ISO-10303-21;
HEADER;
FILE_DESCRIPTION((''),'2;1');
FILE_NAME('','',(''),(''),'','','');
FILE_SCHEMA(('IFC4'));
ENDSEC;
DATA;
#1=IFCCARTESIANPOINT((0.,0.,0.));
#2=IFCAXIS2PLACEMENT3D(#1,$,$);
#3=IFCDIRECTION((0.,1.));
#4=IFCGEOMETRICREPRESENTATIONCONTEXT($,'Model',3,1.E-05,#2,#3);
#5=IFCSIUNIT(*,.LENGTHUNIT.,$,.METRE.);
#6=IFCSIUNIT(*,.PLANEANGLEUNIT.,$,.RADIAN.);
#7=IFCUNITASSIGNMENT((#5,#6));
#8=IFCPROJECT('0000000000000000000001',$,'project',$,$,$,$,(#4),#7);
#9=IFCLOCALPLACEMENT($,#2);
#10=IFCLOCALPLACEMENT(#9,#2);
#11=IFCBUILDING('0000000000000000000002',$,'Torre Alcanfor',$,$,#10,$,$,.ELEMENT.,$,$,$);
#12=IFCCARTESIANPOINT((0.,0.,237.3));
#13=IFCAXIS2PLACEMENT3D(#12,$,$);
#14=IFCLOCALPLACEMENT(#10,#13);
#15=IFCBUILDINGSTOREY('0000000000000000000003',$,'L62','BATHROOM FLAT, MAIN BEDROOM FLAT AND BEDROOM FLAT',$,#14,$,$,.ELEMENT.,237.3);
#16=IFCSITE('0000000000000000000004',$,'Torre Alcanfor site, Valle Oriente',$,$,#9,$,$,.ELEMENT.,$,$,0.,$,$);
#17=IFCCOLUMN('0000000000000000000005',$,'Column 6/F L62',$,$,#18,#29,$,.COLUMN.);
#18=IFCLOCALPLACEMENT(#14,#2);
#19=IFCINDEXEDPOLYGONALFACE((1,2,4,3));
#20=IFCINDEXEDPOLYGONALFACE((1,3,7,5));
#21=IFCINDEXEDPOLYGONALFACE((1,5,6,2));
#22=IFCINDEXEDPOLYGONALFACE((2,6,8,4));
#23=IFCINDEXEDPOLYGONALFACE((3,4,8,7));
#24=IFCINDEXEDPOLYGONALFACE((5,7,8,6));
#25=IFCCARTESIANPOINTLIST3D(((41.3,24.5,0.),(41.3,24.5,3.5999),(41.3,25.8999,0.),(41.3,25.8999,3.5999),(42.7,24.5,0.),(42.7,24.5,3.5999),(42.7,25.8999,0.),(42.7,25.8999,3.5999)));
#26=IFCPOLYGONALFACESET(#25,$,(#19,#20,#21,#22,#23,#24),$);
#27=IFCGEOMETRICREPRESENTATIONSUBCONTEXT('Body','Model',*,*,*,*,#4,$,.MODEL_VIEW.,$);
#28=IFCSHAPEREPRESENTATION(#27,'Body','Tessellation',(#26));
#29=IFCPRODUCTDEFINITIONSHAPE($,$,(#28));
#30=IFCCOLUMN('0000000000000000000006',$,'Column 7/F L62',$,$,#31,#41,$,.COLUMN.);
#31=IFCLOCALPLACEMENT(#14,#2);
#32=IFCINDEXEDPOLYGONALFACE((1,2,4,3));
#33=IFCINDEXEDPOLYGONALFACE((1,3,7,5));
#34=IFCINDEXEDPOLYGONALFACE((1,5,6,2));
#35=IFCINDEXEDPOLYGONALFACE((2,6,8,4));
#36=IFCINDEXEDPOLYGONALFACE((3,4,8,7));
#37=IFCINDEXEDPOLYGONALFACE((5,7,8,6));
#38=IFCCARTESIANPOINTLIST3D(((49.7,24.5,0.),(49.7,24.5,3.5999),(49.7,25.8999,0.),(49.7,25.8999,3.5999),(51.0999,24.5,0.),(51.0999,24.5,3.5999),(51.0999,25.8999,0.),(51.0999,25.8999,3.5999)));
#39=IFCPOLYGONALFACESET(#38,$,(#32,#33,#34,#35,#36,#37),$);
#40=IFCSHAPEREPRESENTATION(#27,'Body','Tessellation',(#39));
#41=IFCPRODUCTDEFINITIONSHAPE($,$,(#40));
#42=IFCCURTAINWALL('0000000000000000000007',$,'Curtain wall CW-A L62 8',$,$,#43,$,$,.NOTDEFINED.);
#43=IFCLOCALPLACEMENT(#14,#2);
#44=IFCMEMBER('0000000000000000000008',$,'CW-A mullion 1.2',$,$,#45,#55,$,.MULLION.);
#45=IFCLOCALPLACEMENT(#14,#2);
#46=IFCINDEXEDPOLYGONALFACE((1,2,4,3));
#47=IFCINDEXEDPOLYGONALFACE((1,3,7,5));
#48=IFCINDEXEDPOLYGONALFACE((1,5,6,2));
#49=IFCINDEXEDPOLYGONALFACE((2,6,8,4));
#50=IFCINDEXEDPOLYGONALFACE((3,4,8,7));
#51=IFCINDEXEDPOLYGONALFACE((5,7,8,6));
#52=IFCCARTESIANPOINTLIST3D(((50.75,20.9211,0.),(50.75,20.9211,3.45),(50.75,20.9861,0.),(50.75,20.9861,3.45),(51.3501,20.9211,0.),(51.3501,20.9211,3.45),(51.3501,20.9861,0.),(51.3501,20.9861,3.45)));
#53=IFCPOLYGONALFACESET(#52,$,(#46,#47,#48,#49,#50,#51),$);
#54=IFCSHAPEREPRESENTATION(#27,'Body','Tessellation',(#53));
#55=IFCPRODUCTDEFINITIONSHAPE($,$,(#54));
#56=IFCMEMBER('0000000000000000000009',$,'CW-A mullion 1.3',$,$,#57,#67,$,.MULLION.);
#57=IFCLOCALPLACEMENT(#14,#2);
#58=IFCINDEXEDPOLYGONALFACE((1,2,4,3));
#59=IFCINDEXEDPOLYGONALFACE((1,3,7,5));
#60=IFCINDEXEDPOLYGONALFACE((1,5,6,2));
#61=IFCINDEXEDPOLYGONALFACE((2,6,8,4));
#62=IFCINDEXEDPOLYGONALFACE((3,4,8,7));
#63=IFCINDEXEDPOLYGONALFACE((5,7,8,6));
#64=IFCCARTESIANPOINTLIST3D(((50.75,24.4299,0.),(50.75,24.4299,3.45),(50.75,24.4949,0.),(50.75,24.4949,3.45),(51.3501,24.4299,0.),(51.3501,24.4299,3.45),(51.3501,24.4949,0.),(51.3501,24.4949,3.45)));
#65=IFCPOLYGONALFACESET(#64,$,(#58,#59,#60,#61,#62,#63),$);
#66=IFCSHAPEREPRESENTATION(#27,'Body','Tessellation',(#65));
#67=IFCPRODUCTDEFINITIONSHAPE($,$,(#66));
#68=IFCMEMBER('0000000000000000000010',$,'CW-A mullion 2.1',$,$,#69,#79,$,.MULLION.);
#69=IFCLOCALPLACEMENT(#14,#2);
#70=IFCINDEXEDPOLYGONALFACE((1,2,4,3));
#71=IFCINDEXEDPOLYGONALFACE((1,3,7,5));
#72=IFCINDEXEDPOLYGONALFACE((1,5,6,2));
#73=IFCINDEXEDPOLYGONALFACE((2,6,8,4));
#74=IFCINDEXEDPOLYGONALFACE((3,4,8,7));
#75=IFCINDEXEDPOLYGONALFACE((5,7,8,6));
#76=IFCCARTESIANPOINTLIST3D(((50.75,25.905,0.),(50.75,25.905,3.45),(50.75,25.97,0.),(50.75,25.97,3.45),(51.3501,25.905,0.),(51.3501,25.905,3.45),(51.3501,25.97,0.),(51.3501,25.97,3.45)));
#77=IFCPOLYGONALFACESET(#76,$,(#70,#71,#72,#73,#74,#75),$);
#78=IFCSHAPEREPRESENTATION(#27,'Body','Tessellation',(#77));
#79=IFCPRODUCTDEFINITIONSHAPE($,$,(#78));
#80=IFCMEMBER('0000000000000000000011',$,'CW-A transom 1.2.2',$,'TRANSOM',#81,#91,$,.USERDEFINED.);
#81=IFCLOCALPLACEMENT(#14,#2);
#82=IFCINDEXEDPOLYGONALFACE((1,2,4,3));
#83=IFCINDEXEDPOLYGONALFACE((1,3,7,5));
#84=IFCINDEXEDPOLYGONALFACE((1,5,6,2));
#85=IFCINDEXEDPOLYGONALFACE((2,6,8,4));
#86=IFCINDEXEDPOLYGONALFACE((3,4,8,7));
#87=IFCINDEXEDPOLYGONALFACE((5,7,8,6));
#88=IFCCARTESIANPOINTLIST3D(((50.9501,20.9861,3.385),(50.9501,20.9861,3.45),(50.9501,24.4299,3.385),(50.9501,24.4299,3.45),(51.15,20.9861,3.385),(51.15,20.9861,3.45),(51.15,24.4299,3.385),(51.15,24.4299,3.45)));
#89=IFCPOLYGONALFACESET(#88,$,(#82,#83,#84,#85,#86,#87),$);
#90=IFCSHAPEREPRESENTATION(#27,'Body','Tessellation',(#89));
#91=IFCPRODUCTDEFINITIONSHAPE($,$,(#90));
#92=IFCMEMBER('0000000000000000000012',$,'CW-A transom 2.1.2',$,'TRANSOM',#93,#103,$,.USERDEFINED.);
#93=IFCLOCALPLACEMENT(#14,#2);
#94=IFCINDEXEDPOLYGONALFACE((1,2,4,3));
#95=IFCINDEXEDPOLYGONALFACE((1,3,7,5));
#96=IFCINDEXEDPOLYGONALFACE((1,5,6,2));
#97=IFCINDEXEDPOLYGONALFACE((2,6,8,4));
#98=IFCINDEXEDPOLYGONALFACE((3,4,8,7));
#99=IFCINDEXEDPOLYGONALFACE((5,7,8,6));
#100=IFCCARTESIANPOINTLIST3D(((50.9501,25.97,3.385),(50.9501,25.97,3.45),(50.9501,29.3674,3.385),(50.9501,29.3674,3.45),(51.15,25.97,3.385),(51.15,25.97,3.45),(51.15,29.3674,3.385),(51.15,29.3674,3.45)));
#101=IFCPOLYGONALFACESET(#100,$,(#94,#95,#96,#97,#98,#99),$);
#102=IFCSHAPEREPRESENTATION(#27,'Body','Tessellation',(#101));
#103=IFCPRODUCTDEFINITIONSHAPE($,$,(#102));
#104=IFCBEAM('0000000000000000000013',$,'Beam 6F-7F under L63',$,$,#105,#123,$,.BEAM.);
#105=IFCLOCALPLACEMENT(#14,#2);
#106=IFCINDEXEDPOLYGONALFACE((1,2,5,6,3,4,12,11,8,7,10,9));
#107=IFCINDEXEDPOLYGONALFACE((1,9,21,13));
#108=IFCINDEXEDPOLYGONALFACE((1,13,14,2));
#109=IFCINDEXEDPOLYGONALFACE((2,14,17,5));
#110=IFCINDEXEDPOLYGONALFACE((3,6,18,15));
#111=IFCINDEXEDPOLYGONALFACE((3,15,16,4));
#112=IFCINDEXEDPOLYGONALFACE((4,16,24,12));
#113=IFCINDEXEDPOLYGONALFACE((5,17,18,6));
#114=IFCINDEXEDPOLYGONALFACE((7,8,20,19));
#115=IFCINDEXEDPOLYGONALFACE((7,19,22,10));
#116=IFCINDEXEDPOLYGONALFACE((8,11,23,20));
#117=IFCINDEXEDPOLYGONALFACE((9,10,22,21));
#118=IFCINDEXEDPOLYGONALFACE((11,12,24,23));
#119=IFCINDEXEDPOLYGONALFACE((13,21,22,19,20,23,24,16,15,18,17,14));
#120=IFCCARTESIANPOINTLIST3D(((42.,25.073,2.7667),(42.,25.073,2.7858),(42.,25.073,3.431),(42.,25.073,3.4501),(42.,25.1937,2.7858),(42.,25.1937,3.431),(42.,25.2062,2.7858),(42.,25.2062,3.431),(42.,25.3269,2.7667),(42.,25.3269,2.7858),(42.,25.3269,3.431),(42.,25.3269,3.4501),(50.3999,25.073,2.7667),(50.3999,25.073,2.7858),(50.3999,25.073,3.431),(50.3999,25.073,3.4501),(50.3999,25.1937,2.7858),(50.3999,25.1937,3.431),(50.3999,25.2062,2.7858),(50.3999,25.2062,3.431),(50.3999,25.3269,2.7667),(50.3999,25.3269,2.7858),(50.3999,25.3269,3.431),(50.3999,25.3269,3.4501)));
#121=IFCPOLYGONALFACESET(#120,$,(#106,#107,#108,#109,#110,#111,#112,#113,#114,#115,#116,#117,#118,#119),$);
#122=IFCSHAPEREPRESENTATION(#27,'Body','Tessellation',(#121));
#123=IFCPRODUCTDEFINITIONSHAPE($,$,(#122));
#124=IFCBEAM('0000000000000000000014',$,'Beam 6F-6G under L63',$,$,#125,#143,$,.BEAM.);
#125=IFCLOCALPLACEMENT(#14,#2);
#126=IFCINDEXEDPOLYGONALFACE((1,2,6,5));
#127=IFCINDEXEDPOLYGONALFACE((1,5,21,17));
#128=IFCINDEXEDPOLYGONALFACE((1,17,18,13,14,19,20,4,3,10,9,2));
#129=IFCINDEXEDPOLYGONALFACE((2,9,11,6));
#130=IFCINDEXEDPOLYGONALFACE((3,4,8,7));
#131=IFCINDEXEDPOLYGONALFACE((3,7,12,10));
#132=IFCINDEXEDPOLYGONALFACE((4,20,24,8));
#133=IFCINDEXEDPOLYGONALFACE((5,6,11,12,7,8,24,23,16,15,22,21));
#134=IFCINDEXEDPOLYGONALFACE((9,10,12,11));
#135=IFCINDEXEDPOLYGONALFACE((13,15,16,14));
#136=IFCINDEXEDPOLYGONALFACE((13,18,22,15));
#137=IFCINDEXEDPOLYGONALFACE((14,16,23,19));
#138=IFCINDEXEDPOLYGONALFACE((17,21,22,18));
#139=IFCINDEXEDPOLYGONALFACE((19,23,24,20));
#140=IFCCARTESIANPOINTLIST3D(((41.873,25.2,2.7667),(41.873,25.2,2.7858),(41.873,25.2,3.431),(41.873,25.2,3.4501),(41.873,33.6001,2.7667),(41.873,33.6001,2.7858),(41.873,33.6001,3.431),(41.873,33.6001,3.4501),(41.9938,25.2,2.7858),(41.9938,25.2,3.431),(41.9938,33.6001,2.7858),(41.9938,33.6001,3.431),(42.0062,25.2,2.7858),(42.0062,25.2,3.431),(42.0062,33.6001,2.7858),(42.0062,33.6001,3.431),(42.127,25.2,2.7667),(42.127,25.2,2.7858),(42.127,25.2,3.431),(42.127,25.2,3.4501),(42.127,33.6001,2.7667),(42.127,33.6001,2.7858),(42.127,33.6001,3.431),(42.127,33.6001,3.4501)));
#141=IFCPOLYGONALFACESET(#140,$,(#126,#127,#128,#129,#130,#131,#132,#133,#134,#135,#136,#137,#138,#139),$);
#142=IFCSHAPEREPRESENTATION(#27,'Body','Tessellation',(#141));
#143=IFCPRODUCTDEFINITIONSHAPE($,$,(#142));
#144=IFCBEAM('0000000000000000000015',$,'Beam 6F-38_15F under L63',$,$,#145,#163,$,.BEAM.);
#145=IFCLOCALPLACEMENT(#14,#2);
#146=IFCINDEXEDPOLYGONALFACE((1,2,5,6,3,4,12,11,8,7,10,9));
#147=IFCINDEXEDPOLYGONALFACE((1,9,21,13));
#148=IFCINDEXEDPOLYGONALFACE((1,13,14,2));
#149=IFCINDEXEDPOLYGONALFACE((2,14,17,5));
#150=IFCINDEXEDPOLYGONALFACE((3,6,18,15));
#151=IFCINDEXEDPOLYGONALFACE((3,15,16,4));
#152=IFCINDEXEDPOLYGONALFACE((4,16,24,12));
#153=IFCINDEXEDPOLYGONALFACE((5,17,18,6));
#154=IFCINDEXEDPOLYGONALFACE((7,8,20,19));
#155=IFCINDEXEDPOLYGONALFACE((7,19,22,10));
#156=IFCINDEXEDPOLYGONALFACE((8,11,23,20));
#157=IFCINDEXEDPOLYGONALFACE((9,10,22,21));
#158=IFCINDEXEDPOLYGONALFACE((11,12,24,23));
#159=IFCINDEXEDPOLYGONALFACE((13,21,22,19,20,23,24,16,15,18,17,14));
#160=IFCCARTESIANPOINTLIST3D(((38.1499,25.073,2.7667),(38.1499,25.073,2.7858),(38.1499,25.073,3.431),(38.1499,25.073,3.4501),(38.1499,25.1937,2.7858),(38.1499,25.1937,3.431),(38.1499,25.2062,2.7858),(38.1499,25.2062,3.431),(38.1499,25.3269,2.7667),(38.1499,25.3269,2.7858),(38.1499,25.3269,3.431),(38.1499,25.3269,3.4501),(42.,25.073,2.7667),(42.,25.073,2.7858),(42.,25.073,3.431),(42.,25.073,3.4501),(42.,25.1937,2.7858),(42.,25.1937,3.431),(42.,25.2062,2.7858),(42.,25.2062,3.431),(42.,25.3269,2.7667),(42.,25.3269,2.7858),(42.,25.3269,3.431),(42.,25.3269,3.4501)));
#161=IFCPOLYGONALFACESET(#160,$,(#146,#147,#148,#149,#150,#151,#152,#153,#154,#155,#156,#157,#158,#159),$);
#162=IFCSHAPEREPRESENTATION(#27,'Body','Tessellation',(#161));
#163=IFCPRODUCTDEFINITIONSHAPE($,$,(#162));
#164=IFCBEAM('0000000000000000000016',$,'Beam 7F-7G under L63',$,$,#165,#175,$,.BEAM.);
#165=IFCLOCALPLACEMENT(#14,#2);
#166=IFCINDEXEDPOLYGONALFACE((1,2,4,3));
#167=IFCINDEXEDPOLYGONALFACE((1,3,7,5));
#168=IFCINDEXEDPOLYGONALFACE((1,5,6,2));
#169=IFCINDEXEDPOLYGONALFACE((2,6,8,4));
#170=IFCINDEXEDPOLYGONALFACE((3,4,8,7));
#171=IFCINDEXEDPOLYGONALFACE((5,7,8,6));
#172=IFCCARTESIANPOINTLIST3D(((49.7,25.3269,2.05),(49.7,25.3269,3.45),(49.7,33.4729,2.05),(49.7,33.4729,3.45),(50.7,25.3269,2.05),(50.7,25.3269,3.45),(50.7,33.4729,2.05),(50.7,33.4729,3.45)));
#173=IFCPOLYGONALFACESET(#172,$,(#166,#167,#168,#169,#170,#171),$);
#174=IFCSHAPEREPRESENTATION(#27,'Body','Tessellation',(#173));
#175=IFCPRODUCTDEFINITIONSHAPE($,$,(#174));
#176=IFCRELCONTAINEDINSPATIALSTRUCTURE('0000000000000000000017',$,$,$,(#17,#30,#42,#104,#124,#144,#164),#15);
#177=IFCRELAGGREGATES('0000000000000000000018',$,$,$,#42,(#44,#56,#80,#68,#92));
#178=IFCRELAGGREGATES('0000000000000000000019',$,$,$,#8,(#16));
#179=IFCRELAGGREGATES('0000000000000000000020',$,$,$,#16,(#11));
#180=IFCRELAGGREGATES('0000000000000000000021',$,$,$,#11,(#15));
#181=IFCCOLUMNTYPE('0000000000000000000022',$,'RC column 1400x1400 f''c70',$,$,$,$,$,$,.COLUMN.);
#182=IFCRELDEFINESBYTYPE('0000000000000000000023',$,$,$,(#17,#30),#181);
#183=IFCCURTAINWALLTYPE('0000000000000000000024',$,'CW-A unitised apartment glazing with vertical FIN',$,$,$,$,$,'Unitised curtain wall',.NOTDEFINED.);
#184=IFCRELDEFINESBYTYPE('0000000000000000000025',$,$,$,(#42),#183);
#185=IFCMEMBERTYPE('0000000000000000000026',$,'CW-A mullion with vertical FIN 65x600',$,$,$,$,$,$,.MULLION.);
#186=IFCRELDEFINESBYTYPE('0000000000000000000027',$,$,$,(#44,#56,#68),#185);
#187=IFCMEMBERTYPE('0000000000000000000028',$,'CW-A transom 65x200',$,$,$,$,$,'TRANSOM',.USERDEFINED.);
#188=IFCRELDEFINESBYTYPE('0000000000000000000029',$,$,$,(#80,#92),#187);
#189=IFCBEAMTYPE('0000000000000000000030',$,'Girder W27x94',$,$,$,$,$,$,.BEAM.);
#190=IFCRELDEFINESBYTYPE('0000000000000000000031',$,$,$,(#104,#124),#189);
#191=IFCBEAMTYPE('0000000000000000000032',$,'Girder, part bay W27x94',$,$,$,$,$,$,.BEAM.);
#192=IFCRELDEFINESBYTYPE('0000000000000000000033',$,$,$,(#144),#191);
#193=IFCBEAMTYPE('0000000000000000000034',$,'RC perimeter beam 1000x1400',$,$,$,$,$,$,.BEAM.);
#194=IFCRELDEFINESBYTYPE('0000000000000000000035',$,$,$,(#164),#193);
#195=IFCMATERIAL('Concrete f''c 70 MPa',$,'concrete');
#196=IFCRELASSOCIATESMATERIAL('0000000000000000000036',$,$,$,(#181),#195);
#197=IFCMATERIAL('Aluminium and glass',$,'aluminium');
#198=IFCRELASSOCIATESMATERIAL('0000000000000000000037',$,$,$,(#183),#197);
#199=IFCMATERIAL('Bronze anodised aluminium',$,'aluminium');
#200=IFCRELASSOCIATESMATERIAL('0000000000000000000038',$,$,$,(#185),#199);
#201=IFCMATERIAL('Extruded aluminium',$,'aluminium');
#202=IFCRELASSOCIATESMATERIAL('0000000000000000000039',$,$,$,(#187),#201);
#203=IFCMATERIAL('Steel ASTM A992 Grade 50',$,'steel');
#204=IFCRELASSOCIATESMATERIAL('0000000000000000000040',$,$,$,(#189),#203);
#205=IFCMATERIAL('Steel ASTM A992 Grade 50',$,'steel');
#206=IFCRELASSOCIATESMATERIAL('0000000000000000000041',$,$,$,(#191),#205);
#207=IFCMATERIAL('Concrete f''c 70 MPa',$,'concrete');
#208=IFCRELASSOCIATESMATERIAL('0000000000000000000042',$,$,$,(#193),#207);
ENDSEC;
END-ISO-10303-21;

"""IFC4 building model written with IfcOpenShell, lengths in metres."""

from ifc_helpers import new_model, si_unit, direction, frame, origin, origin_2d, place, context, subcontext, project, spatial, rectangle, i_section, extrude, material, material_profile, profile_set, type_object, element, aggregate, save


model = new_model("IFC4")

# Units and contexts
model_context = context("Model", 3, precision=1e-05, world=origin(), true_north=direction((0.0, 1.0)))
body_context = subcontext(model_context, "Body", "Model", "MODEL_VIEW")
ifc_project = project(units=[si_unit("LENGTHUNIT", "METRE"), si_unit("PLANEANGLEUNIT", "RADIAN")], contexts=[model_context])

# Site, building, storey
site_placement = place(None, origin())
site = spatial("IfcSite", under=ifc_project, at=site_placement, Name="Torre Alcanfor site, Valle Oriente", CompositionType="ELEMENT", RefElevation=0.0)
building_placement = place(site_placement, origin())
building = spatial("IfcBuilding", under=site, at=building_placement, Name="Torre Alcanfor", CompositionType="ELEMENT")
storey_placement = place(building_placement, frame((0.0, 0.0, 237.3)))
storey = spatial("IfcBuildingStorey", under=building, at=storey_placement, Name="L62", Description="BATHROOM FLAT, MAIN BEDROOM FLAT AND BEDROOM FLAT", CompositionType="ELEMENT", Elevation=237.3)

# Columns
ifc_material_1 = material(Name="Concrete f'c 70 MPa", Category="concrete")
ifc_material_profile_1 = material_profile(ifc_material_1, rectangle(XDim=1.3999, YDim=1.3999, at=origin_2d()), Name="1400x1400")
ifc_profile_set_1 = profile_set([ifc_material_profile_1], Name="Concrete f'c 70 MPa")
column_type = type_object("IfcColumnType", Name="RC column 1400x1400 f'c70", PredefinedType="COLUMN", material=ifc_profile_set_1)
for number, where, z_axis, x_axis, name in (
    (1, (42.0, 25.2, 0.0), (0.0, 0.0, 1.0), (1.0, 0.0, 0.0), "Column 6/F L62"),
    (2, (50.3999, 25.2, 0.0), (0.0, 0.0, 1.0), (1.0, 0.0, 0.0), "Column 7/F L62"),
):
    element("IfcColumn", number, at=place(storey_placement, frame(where, z_axis=z_axis, x_axis=x_axis)), inside=storey, type_object=column_type, Name=name, PredefinedType="COLUMN", context=body_context, shape_type="SweptSolid", body=[
        extrude(rectangle(XDim=1.3999, YDim=1.3999, at=origin_2d()), origin(), (0.0, 0.0, 1.0), 3.5999),
    ])

# Curtain wall, members
ifc_material_2 = material(Name="Aluminium and glass", Category="aluminium")
curtain_wall_type = type_object("IfcCurtainWallType", Name="CW-A unitised apartment glazing with vertical FIN", ElementType="Unitised curtain wall", PredefinedType="NOTDEFINED", material=ifc_material_2)
curtain_wall_placement = place(storey_placement, origin())
curtain_wall = element("IfcCurtainWall", 3, at=curtain_wall_placement, inside=storey, type_object=curtain_wall_type, Name="Curtain wall CW-A L62 8", PredefinedType="NOTDEFINED")
ifc_material_3 = material(Name="Bronze anodised aluminium", Category="aluminium")
ifc_material_profile_2 = material_profile(ifc_material_3, rectangle(XDim=0.6001, YDim=0.0649, at=origin_2d()), Name="CW-A mullion 65x600")
ifc_profile_set_2 = profile_set([ifc_material_profile_2], Name="Bronze anodised aluminium")
member_type_1 = type_object("IfcMemberType", Name="CW-A mullion with vertical FIN 65x600", PredefinedType="MULLION", material=ifc_profile_set_2)
member_1_placement = place(storey_placement, frame((51.05, 20.9536, 0.0), z_axis=(0.0, 0.0, 1.0), x_axis=(-1.0, 0.0, 0.0)))
member_1 = element("IfcMember", 4, at=member_1_placement, type_object=member_type_1, Name="CW-A mullion 1.2", PredefinedType="MULLION", context=body_context, shape_type="SweptSolid", body=[
    extrude(rectangle(XDim=0.6001, YDim=0.0649, at=origin_2d()), origin(), (0.0, 0.0, 1.0), 3.45),
])
member_2_placement = place(storey_placement, frame((51.05, 24.4624, 0.0), z_axis=(0.0, 0.0, 1.0), x_axis=(-1.0, 0.0, 0.0)))
member_2 = element("IfcMember", 5, at=member_2_placement, type_object=member_type_1, Name="CW-A mullion 1.3", PredefinedType="MULLION", context=body_context, shape_type="SweptSolid", body=[
    extrude(rectangle(XDim=0.6001, YDim=0.0649, at=origin_2d()), origin(), (0.0, 0.0, 1.0), 3.45),
])
member_3_placement = place(storey_placement, frame((51.05, 25.9375, 0.0), z_axis=(0.0, 0.0, 1.0), x_axis=(-1.0, 0.0, 0.0)))
member_3 = element("IfcMember", 6, at=member_3_placement, type_object=member_type_1, Name="CW-A mullion 2.1", PredefinedType="MULLION", context=body_context, shape_type="SweptSolid", body=[
    extrude(rectangle(XDim=0.6001, YDim=0.0649, at=origin_2d()), origin(), (0.0, 0.0, 1.0), 3.45),
])
ifc_material_4 = material(Name="Extruded aluminium", Category="aluminium")
ifc_material_profile_3 = material_profile(ifc_material_4, rectangle(XDim=0.2, YDim=0.0649, at=origin_2d()), Name="CW-A transom 200x65")
ifc_profile_set_3 = profile_set([ifc_material_profile_3], Name="Extruded aluminium")
member_type_2 = type_object("IfcMemberType", Name="CW-A transom 65x200", ElementType="TRANSOM", PredefinedType="USERDEFINED", material=ifc_profile_set_3)
member_4_placement = place(storey_placement, frame((51.05, 20.9861, 3.4175), z_axis=(0.0, 1.0, 0.0), x_axis=(-1.0, 0.0, 0.0)))
member_4 = element("IfcMember", 7, at=member_4_placement, type_object=member_type_2, Name="CW-A transom 1.2.2", ObjectType="TRANSOM", PredefinedType="USERDEFINED", context=body_context, shape_type="SweptSolid", body=[
    extrude(rectangle(XDim=0.2, YDim=0.0649, at=origin_2d()), origin(), (0.0, 0.0, 1.0), 3.4438),
])
member_5_placement = place(storey_placement, frame((51.05, 25.97, 3.4175), z_axis=(0.0, 1.0, 0.0), x_axis=(-1.0, 0.0, 0.0)))
member_5 = element("IfcMember", 8, at=member_5_placement, type_object=member_type_2, Name="CW-A transom 2.1.2", ObjectType="TRANSOM", PredefinedType="USERDEFINED", context=body_context, shape_type="SweptSolid", body=[
    extrude(rectangle(XDim=0.2, YDim=0.0649, at=origin_2d()), origin(), (0.0, 0.0, 1.0), 3.3975),
])

# Beams
ifc_material_5 = material(Name="Steel ASTM A992 Grade 50", Category="steel")
ifc_material_profile_4 = material_profile(ifc_material_5, i_section(OverallWidth=0.2539, OverallDepth=0.6833, WebThickness=0.0125, FlangeThickness=0.019, at=origin_2d()), Name="W27x94")
ifc_profile_set_4 = profile_set([ifc_material_profile_4], Name="Steel ASTM A992 Grade 50")
beam_type_1 = type_object("IfcBeamType", Name="Girder W27x94", PredefinedType="BEAM", material=ifc_profile_set_4)
beam_1_placement = place(storey_placement, frame((42.0, 25.2, 3.1084), z_axis=(1.0, 0.0, 0.0), x_axis=(0.0, 1.0, 0.0)))
element("IfcBeam", 9, at=beam_1_placement, inside=storey, type_object=beam_type_1, Name="Beam 6F-7F under L63", PredefinedType="BEAM", context=body_context, shape_type="SweptSolid", body=[
    extrude(i_section(OverallWidth=0.2539, OverallDepth=0.6833, WebThickness=0.0125, FlangeThickness=0.019, at=origin_2d()), origin(), (0.0, 0.0, 1.0), 8.3999),
])
beam_2_placement = place(storey_placement, frame((42.0, 25.2, 3.1084), z_axis=(0.0, 1.0, 0.0), x_axis=(-1.0, 0.0, 0.0)))
element("IfcBeam", 10, at=beam_2_placement, inside=storey, type_object=beam_type_1, Name="Beam 6F-6G under L63", PredefinedType="BEAM", context=body_context, shape_type="SweptSolid", body=[
    extrude(i_section(OverallWidth=0.2539, OverallDepth=0.6833, WebThickness=0.0125, FlangeThickness=0.019, at=origin_2d()), origin(), (0.0, 0.0, 1.0), 8.4001),
])
ifc_material_6 = material(Name="Steel ASTM A992 Grade 50", Category="steel")
ifc_material_profile_5 = material_profile(ifc_material_6, i_section(OverallWidth=0.2539, OverallDepth=0.6833, WebThickness=0.0125, FlangeThickness=0.019, at=origin_2d()), Name="W27x94")
ifc_profile_set_5 = profile_set([ifc_material_profile_5], Name="Steel ASTM A992 Grade 50")
beam_type_2 = type_object("IfcBeamType", Name="Girder, part bay W27x94", PredefinedType="BEAM", material=ifc_profile_set_5)
beam_3_placement = place(storey_placement, frame((42.0, 25.2, 3.1084), z_axis=(-1.0, 0.0, 0.0), x_axis=(0.0, -1.0, 0.0)))
element("IfcBeam", 11, at=beam_3_placement, inside=storey, type_object=beam_type_2, Name="Beam 6F-38_15F under L63", PredefinedType="BEAM", context=body_context, shape_type="SweptSolid", body=[
    extrude(i_section(OverallWidth=0.2539, OverallDepth=0.6833, WebThickness=0.0125, FlangeThickness=0.019, at=origin_2d()), origin(), (0.0, 0.0, 1.0), 3.8501),
])
ifc_material_7 = material(Name="Concrete f'c 70 MPa", Category="concrete")
ifc_material_profile_6 = material_profile(ifc_material_7, rectangle(XDim=1.0, YDim=1.3999, at=origin_2d()), Name="1000x1400")
ifc_profile_set_6 = profile_set([ifc_material_profile_6], Name="Concrete f'c 70 MPa")
beam_type_3 = type_object("IfcBeamType", Name="RC perimeter beam 1000x1400", PredefinedType="BEAM", material=ifc_profile_set_6)
beam_4_placement = place(storey_placement, frame((50.2, 25.3269, 2.75), z_axis=(0.0, 1.0, 0.0), x_axis=(-1.0, 0.0, 0.0)))
element("IfcBeam", 12, at=beam_4_placement, inside=storey, type_object=beam_type_3, Name="Beam 7F-7G under L63", PredefinedType="BEAM", context=body_context, shape_type="SweptSolid", body=[
    extrude(rectangle(XDim=1.0, YDim=1.3999, at=origin_2d()), origin(), (0.0, 0.0, 1.0), 8.146),
])

aggregate(curtain_wall, [member_1, member_2, member_4, member_3, member_5])

save(model, "model.ifc")
